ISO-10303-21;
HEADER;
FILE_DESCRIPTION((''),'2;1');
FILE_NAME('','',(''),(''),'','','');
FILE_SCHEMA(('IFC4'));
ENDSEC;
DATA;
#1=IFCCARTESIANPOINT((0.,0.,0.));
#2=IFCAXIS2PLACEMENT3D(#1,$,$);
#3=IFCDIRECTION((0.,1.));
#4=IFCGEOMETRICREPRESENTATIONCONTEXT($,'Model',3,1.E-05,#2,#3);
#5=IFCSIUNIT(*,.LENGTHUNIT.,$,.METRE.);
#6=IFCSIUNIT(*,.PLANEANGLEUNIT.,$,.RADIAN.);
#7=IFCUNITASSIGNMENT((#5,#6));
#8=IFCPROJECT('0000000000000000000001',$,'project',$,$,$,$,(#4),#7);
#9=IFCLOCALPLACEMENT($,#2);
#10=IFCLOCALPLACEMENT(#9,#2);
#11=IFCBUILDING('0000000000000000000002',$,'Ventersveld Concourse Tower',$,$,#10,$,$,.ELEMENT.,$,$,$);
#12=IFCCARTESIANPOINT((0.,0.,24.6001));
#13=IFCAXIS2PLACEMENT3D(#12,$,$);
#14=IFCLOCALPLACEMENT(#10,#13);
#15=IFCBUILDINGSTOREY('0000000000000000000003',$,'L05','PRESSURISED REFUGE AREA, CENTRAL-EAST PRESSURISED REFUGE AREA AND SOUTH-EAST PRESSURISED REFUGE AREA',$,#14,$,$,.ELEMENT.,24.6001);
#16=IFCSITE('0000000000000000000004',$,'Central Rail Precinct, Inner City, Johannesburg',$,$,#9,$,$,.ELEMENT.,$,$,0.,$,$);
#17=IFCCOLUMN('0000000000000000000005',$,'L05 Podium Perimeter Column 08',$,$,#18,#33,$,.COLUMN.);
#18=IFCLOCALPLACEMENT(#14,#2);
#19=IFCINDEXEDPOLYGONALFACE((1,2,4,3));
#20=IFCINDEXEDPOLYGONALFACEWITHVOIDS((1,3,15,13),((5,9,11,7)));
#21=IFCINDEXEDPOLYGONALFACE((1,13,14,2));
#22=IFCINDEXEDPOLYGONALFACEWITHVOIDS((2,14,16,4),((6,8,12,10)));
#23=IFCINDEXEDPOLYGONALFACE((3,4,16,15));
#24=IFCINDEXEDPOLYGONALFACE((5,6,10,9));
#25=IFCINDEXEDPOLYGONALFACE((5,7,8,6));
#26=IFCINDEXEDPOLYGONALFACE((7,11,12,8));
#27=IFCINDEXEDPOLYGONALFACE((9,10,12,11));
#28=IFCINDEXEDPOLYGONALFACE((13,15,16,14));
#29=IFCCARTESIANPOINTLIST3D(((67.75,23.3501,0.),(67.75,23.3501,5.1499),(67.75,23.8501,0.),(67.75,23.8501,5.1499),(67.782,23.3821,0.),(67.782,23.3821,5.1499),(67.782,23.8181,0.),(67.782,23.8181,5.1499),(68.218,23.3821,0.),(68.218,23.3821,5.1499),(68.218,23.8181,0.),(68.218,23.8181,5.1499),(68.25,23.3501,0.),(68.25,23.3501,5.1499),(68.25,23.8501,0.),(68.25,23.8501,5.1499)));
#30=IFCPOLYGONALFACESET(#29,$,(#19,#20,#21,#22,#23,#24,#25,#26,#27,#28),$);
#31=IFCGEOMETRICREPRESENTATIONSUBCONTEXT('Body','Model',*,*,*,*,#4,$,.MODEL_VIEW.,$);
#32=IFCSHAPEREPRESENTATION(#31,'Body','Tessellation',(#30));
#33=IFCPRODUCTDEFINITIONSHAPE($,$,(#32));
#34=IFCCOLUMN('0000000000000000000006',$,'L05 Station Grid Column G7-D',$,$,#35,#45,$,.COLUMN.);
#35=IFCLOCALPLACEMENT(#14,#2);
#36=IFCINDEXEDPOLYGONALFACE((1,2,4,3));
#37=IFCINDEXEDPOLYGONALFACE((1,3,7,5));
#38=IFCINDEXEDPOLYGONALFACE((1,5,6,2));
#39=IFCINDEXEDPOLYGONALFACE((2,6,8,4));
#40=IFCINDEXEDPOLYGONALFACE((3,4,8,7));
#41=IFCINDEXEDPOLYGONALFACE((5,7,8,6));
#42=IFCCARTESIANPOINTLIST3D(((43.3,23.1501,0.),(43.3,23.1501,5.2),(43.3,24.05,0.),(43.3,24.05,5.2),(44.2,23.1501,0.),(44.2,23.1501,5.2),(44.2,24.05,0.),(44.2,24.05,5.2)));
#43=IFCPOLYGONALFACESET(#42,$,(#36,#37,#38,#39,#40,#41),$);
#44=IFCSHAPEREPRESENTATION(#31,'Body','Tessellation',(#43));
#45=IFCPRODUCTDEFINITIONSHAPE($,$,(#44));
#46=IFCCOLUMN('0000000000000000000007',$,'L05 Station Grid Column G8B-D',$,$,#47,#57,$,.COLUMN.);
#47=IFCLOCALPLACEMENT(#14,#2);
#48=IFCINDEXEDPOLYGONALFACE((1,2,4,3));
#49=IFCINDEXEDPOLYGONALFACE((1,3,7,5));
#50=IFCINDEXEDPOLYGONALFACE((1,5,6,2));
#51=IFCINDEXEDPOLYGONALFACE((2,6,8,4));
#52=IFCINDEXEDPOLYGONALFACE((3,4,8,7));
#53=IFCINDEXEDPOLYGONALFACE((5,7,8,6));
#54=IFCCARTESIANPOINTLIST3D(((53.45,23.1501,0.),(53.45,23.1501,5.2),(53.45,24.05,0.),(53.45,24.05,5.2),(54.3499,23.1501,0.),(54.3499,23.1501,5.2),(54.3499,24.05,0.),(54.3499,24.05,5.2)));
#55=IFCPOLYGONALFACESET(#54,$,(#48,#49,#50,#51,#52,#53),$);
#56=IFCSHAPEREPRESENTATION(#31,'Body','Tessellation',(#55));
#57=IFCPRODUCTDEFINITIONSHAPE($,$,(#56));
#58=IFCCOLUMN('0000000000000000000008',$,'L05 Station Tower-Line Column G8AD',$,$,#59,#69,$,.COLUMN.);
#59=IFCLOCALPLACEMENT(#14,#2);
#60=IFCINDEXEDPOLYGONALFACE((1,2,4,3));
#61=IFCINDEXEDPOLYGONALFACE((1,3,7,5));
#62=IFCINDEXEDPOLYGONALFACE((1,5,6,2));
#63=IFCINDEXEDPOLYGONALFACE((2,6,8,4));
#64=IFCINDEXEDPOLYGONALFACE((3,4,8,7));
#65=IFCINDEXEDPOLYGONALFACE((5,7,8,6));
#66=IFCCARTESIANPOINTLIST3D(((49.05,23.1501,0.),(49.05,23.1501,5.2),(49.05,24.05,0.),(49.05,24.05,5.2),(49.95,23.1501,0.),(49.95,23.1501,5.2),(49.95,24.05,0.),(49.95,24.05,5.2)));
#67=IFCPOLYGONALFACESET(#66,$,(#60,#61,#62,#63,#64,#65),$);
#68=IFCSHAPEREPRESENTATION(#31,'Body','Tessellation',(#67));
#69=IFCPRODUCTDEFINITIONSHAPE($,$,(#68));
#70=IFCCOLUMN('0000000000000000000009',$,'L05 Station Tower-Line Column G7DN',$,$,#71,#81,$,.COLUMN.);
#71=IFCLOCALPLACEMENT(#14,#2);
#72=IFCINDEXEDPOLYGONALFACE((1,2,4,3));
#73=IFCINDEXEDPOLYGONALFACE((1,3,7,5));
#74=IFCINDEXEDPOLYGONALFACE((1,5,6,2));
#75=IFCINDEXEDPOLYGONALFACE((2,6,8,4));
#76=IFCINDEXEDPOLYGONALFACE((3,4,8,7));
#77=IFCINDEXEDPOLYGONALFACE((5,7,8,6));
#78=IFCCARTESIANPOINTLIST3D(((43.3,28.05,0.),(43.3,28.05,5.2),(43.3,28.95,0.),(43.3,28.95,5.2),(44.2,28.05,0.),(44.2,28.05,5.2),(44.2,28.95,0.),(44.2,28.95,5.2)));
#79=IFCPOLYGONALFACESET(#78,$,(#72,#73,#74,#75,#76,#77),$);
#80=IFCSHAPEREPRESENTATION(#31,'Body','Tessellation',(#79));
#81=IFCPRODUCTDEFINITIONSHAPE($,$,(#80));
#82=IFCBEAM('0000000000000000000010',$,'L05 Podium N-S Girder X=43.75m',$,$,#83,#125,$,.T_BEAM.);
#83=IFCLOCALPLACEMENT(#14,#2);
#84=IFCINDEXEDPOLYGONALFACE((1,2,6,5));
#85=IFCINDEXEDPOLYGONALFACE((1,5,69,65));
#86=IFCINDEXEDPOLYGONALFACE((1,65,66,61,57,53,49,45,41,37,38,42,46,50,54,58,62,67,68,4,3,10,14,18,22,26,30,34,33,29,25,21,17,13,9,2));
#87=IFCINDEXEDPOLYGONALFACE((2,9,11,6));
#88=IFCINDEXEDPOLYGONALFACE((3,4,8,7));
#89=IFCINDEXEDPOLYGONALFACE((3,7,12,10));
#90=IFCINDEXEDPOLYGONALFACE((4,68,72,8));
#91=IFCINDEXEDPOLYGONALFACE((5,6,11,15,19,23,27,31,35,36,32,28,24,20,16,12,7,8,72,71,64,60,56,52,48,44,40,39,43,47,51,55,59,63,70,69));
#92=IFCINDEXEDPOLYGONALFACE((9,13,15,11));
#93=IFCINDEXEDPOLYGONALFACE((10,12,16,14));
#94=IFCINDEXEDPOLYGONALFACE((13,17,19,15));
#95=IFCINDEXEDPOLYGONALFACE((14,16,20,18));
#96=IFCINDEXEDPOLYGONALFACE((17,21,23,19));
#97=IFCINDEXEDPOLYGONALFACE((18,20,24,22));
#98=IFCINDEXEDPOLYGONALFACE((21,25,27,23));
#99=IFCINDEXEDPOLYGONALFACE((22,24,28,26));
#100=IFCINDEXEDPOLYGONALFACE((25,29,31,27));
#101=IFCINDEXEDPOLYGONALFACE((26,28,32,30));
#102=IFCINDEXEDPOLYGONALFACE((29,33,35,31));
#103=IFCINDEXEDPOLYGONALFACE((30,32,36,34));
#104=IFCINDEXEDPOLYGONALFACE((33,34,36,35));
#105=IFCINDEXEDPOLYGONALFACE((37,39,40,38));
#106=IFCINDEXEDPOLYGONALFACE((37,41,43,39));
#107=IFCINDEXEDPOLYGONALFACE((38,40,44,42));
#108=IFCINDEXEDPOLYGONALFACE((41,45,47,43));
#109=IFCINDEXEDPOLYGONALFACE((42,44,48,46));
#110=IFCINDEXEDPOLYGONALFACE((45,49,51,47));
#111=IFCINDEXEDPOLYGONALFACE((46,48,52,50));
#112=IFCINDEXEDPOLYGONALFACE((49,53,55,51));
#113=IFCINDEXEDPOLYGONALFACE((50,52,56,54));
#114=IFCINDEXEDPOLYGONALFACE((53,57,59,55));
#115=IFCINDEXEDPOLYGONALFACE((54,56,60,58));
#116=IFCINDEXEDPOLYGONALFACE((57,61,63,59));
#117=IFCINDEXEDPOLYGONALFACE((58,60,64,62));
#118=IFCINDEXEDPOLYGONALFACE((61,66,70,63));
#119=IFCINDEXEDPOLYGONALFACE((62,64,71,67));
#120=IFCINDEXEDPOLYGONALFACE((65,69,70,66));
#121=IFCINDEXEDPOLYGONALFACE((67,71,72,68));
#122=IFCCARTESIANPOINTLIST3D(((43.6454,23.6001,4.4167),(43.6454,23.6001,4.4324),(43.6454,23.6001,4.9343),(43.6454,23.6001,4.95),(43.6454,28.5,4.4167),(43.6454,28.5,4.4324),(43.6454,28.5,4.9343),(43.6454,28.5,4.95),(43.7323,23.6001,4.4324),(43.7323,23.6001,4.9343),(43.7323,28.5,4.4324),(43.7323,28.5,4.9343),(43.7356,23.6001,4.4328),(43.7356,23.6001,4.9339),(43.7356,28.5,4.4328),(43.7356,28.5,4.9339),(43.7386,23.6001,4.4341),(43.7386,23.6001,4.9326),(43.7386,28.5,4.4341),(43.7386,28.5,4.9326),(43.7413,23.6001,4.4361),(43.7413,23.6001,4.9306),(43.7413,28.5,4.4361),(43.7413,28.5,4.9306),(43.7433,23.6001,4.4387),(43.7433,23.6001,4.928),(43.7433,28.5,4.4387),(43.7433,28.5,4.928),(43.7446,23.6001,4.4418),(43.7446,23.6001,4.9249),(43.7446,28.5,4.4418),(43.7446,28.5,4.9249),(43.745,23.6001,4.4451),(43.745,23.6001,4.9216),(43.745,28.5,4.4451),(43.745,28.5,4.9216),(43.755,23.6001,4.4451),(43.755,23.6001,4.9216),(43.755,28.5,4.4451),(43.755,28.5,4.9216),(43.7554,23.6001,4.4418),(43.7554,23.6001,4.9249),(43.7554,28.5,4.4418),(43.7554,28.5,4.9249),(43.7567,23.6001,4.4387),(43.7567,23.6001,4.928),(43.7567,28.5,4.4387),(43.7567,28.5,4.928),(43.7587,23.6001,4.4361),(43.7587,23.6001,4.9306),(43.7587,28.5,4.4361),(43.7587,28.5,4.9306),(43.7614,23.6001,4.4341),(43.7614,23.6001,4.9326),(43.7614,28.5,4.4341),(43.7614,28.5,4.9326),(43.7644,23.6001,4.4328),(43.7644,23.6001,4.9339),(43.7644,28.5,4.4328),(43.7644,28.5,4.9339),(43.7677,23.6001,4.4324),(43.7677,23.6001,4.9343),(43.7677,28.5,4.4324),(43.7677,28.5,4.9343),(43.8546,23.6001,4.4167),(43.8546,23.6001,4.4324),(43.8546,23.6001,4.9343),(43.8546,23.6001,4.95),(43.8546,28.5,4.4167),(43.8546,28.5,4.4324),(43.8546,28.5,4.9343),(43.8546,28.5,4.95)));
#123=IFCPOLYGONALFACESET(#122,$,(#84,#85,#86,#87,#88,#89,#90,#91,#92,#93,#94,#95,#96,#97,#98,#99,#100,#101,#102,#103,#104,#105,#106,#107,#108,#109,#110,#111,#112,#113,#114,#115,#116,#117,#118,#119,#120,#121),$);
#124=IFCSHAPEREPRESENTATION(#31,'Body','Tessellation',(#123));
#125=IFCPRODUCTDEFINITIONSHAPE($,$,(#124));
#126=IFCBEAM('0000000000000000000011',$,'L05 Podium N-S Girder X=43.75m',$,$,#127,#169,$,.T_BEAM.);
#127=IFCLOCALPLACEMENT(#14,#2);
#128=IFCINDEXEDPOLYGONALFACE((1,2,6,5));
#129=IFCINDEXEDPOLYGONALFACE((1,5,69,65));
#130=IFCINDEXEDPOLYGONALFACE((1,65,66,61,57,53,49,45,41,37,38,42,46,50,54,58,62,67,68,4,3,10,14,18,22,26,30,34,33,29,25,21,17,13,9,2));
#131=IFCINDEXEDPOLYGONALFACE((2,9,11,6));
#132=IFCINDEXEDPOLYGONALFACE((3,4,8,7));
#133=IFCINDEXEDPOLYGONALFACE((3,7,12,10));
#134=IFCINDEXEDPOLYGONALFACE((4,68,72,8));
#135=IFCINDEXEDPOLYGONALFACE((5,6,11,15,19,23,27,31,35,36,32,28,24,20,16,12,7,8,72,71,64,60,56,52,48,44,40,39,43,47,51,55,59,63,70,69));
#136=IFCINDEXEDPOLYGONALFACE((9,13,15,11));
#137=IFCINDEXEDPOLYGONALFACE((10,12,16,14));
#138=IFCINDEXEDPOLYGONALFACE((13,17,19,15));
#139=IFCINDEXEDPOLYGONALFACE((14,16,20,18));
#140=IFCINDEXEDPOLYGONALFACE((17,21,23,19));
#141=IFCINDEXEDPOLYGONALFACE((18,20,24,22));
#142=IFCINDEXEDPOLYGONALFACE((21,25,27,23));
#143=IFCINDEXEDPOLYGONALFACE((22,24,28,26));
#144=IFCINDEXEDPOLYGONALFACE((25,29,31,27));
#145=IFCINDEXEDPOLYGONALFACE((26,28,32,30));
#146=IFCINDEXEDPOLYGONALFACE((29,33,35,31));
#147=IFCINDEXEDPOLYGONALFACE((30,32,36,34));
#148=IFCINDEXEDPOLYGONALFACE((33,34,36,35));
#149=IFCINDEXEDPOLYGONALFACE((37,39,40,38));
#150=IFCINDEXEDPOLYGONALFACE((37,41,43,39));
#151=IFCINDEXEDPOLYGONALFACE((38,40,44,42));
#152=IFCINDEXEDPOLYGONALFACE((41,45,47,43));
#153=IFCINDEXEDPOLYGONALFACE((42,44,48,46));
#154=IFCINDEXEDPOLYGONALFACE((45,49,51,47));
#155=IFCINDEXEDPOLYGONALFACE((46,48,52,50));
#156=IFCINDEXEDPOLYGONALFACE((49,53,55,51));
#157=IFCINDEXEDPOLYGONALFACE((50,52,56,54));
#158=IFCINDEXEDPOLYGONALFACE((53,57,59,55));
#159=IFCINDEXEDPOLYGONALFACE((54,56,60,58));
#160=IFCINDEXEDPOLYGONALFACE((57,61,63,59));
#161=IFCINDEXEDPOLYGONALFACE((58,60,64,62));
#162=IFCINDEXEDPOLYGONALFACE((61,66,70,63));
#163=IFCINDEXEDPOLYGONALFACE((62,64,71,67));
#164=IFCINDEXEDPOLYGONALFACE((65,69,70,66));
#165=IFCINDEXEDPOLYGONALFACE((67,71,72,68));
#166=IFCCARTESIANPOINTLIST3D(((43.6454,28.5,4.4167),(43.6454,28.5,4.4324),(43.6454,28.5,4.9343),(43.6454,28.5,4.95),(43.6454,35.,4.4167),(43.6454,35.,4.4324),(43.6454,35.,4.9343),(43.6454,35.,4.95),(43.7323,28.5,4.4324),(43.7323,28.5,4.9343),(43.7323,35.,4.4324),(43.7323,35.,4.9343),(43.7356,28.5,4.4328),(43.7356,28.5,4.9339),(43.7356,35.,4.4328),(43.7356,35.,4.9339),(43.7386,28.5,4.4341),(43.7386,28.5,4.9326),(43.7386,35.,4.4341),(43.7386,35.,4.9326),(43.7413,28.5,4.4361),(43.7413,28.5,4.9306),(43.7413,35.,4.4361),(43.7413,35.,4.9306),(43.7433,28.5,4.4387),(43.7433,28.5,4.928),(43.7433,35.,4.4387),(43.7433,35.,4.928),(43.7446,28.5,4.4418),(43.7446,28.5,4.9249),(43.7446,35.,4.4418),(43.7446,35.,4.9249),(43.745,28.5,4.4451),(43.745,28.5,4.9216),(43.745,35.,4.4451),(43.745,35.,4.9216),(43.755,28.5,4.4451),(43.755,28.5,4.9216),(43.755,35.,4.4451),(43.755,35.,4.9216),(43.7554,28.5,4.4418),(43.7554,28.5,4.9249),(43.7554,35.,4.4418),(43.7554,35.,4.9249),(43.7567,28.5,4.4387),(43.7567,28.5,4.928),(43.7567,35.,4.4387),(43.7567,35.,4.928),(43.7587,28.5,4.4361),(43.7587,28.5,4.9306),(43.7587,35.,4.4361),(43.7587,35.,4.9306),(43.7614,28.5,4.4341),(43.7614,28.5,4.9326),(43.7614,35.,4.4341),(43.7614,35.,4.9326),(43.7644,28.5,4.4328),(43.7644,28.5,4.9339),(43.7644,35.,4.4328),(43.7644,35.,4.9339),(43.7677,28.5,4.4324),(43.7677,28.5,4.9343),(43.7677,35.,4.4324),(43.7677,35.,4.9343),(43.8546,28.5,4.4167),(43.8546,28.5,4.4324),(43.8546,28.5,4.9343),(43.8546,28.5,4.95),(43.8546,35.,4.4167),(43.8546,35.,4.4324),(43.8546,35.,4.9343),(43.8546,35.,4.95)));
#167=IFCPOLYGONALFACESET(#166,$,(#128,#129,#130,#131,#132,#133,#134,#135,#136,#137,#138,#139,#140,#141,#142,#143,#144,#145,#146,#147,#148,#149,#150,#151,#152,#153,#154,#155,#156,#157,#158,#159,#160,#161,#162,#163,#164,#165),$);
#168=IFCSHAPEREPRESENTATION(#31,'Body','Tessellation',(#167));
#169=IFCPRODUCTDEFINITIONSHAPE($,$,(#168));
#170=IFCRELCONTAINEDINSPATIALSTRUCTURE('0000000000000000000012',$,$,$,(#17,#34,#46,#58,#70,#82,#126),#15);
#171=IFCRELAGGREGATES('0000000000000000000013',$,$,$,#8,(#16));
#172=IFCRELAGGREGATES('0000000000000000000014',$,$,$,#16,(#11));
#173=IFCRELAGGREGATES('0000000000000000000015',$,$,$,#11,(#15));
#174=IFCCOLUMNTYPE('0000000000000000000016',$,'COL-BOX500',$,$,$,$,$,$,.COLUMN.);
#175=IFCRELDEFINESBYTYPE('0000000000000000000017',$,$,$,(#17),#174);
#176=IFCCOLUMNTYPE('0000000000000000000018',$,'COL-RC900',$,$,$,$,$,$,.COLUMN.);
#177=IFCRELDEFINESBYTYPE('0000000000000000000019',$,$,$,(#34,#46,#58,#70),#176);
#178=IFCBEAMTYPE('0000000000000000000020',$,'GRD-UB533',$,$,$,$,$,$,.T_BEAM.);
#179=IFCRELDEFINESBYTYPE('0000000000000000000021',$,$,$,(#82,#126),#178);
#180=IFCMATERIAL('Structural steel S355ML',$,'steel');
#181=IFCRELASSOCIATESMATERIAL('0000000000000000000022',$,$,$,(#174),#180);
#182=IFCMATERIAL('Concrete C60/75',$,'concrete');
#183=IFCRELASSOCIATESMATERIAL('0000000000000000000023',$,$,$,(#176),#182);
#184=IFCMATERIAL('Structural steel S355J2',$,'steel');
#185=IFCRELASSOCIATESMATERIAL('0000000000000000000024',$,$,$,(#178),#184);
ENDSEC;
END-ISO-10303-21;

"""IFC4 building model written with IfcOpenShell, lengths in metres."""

from ifc_helpers import new_model, si_unit, direction, frame, origin, origin_2d, place, context, subcontext, project, spatial, rectangle, hollow_rectangle, i_section, extrude, material, material_profile, profile_set, type_object, element, save


model = new_model("IFC4")

# Units and contexts
model_context = context("Model", 3, precision=1e-05, world=origin(), true_north=direction((0.0, 1.0)))
body_context = subcontext(model_context, "Body", "Model", "MODEL_VIEW")
ifc_project = project(units=[si_unit("LENGTHUNIT", "METRE"), si_unit("PLANEANGLEUNIT", "RADIAN")], contexts=[model_context])

# Site, building, storey
site_placement = place(None, origin())
site = spatial("IfcSite", under=ifc_project, at=site_placement, Name="Central Rail Precinct, Inner City, Johannesburg", CompositionType="ELEMENT", RefElevation=0.0)
building_placement = place(site_placement, origin())
building = spatial("IfcBuilding", under=site, at=building_placement, Name="Ventersveld Concourse Tower", CompositionType="ELEMENT")
storey_placement = place(building_placement, frame((0.0, 0.0, 24.6001)))
storey = spatial("IfcBuildingStorey", under=building, at=storey_placement, Name="L05", Description="PRESSURISED REFUGE AREA, CENTRAL-EAST PRESSURISED REFUGE AREA AND SOUTH-EAST PRESSURISED REFUGE AREA", CompositionType="ELEMENT", Elevation=24.6001)

# Columns
ifc_material_1 = material(Name="Structural steel S355ML", Category="steel")
ifc_material_profile_1 = material_profile(ifc_material_1, hollow_rectangle(XDim=0.5, YDim=0.5, WallThickness=0.032, at=origin_2d()), Name="BOX 500x500x32")
ifc_profile_set_1 = profile_set([ifc_material_profile_1], Name="Structural steel S355ML")
column_type_1 = type_object("IfcColumnType", Name="COL-BOX500", PredefinedType="COLUMN", material=ifc_profile_set_1)
column_placement = place(storey_placement, frame((68.0, 23.6001, 0.0), z_axis=(0.0, 0.0, 1.0), x_axis=(1.0, 0.0, 0.0)))
element("IfcColumn", 1, at=column_placement, inside=storey, type_object=column_type_1, Name="L05 Podium Perimeter Column 08", PredefinedType="COLUMN", context=body_context, shape_type="SweptSolid", body=[
    extrude(hollow_rectangle(XDim=0.5, YDim=0.5, WallThickness=0.032, at=origin_2d()), origin(), (0.0, 0.0, 1.0), 5.1499),
])
ifc_material_2 = material(Name="Concrete C60/75", Category="concrete")
ifc_material_profile_2 = material_profile(ifc_material_2, rectangle(XDim=0.8999, YDim=0.8999, at=origin_2d()), Name="RC 900x900")
ifc_profile_set_2 = profile_set([ifc_material_profile_2], Name="Concrete C60/75")
column_type_2 = type_object("IfcColumnType", Name="COL-RC900", PredefinedType="COLUMN", material=ifc_profile_set_2)
for number, where, z_axis, x_axis, name in (
    (2, (43.75, 23.6001, 0.0), (0.0, 0.0, 1.0), (1.0, 0.0, 0.0), "L05 Station Grid Column G7-D"),
    (3, (53.8999, 23.6001, 0.0), (0.0, 0.0, 1.0), (1.0, 0.0, 0.0), "L05 Station Grid Column G8B-D"),
    (4, (49.5, 23.6001, 0.0), (0.0, 0.0, 1.0), (1.0, 0.0, 0.0), "L05 Station Tower-Line Column G8AD"),
    (5, (43.75, 28.5, 0.0), (0.0, 0.0, 1.0), (1.0, 0.0, 0.0), "L05 Station Tower-Line Column G7DN"),
):
    element("IfcColumn", number, at=place(storey_placement, frame(where, z_axis=z_axis, x_axis=x_axis)), inside=storey, type_object=column_type_2, Name=name, PredefinedType="COLUMN", context=body_context, shape_type="SweptSolid", body=[
        extrude(rectangle(XDim=0.8999, YDim=0.8999, at=origin_2d()), origin(), (0.0, 0.0, 1.0), 5.2),
    ])

# Beams
ifc_material_3 = material(Name="Structural steel S355J2", Category="steel")
ifc_material_profile_3 = material_profile(ifc_material_3, i_section(OverallWidth=0.2092, OverallDepth=0.5332, WebThickness=0.01, FlangeThickness=0.0156, FilletRadius=0.0127, at=origin_2d()), Name="UB 533x210x92")
ifc_profile_set_3 = profile_set([ifc_material_profile_3], Name="Structural steel S355J2")
beam_type_1 = type_object("IfcBeamType", Name="GRD-UB533", PredefinedType="T_BEAM", material=ifc_profile_set_3)
beam_1_placement = place(storey_placement, frame((43.75, 23.6001, 4.6833), z_axis=(0.0, 1.0, 0.0), x_axis=(-1.0, 0.0, 0.0)))
element("IfcBeam", 6, at=beam_1_placement, inside=storey, type_object=beam_type_1, Name="L05 Podium N-S Girder X=43.75m", PredefinedType="T_BEAM", context=body_context, shape_type="SweptSolid", body=[
    extrude(i_section(OverallWidth=0.2092, OverallDepth=0.5332, WebThickness=0.01, FlangeThickness=0.0156, FilletRadius=0.0127, at=origin_2d()), origin(), (0.0, 0.0, 1.0), 4.8999),
])
beam_2_placement = place(storey_placement, frame((43.75, 28.5, 4.6833), z_axis=(0.0, 1.0, 0.0), x_axis=(-1.0, 0.0, 0.0)))
element("IfcBeam", 7, at=beam_2_placement, inside=storey, type_object=beam_type_1, Name="L05 Podium N-S Girder X=43.75m", PredefinedType="T_BEAM", context=body_context, shape_type="SweptSolid", body=[
    extrude(i_section(OverallWidth=0.2092, OverallDepth=0.5332, WebThickness=0.01, FlangeThickness=0.0156, FilletRadius=0.0127, at=origin_2d()), origin(), (0.0, 0.0, 1.0), 6.5),
])

save(model, "model.ifc")
